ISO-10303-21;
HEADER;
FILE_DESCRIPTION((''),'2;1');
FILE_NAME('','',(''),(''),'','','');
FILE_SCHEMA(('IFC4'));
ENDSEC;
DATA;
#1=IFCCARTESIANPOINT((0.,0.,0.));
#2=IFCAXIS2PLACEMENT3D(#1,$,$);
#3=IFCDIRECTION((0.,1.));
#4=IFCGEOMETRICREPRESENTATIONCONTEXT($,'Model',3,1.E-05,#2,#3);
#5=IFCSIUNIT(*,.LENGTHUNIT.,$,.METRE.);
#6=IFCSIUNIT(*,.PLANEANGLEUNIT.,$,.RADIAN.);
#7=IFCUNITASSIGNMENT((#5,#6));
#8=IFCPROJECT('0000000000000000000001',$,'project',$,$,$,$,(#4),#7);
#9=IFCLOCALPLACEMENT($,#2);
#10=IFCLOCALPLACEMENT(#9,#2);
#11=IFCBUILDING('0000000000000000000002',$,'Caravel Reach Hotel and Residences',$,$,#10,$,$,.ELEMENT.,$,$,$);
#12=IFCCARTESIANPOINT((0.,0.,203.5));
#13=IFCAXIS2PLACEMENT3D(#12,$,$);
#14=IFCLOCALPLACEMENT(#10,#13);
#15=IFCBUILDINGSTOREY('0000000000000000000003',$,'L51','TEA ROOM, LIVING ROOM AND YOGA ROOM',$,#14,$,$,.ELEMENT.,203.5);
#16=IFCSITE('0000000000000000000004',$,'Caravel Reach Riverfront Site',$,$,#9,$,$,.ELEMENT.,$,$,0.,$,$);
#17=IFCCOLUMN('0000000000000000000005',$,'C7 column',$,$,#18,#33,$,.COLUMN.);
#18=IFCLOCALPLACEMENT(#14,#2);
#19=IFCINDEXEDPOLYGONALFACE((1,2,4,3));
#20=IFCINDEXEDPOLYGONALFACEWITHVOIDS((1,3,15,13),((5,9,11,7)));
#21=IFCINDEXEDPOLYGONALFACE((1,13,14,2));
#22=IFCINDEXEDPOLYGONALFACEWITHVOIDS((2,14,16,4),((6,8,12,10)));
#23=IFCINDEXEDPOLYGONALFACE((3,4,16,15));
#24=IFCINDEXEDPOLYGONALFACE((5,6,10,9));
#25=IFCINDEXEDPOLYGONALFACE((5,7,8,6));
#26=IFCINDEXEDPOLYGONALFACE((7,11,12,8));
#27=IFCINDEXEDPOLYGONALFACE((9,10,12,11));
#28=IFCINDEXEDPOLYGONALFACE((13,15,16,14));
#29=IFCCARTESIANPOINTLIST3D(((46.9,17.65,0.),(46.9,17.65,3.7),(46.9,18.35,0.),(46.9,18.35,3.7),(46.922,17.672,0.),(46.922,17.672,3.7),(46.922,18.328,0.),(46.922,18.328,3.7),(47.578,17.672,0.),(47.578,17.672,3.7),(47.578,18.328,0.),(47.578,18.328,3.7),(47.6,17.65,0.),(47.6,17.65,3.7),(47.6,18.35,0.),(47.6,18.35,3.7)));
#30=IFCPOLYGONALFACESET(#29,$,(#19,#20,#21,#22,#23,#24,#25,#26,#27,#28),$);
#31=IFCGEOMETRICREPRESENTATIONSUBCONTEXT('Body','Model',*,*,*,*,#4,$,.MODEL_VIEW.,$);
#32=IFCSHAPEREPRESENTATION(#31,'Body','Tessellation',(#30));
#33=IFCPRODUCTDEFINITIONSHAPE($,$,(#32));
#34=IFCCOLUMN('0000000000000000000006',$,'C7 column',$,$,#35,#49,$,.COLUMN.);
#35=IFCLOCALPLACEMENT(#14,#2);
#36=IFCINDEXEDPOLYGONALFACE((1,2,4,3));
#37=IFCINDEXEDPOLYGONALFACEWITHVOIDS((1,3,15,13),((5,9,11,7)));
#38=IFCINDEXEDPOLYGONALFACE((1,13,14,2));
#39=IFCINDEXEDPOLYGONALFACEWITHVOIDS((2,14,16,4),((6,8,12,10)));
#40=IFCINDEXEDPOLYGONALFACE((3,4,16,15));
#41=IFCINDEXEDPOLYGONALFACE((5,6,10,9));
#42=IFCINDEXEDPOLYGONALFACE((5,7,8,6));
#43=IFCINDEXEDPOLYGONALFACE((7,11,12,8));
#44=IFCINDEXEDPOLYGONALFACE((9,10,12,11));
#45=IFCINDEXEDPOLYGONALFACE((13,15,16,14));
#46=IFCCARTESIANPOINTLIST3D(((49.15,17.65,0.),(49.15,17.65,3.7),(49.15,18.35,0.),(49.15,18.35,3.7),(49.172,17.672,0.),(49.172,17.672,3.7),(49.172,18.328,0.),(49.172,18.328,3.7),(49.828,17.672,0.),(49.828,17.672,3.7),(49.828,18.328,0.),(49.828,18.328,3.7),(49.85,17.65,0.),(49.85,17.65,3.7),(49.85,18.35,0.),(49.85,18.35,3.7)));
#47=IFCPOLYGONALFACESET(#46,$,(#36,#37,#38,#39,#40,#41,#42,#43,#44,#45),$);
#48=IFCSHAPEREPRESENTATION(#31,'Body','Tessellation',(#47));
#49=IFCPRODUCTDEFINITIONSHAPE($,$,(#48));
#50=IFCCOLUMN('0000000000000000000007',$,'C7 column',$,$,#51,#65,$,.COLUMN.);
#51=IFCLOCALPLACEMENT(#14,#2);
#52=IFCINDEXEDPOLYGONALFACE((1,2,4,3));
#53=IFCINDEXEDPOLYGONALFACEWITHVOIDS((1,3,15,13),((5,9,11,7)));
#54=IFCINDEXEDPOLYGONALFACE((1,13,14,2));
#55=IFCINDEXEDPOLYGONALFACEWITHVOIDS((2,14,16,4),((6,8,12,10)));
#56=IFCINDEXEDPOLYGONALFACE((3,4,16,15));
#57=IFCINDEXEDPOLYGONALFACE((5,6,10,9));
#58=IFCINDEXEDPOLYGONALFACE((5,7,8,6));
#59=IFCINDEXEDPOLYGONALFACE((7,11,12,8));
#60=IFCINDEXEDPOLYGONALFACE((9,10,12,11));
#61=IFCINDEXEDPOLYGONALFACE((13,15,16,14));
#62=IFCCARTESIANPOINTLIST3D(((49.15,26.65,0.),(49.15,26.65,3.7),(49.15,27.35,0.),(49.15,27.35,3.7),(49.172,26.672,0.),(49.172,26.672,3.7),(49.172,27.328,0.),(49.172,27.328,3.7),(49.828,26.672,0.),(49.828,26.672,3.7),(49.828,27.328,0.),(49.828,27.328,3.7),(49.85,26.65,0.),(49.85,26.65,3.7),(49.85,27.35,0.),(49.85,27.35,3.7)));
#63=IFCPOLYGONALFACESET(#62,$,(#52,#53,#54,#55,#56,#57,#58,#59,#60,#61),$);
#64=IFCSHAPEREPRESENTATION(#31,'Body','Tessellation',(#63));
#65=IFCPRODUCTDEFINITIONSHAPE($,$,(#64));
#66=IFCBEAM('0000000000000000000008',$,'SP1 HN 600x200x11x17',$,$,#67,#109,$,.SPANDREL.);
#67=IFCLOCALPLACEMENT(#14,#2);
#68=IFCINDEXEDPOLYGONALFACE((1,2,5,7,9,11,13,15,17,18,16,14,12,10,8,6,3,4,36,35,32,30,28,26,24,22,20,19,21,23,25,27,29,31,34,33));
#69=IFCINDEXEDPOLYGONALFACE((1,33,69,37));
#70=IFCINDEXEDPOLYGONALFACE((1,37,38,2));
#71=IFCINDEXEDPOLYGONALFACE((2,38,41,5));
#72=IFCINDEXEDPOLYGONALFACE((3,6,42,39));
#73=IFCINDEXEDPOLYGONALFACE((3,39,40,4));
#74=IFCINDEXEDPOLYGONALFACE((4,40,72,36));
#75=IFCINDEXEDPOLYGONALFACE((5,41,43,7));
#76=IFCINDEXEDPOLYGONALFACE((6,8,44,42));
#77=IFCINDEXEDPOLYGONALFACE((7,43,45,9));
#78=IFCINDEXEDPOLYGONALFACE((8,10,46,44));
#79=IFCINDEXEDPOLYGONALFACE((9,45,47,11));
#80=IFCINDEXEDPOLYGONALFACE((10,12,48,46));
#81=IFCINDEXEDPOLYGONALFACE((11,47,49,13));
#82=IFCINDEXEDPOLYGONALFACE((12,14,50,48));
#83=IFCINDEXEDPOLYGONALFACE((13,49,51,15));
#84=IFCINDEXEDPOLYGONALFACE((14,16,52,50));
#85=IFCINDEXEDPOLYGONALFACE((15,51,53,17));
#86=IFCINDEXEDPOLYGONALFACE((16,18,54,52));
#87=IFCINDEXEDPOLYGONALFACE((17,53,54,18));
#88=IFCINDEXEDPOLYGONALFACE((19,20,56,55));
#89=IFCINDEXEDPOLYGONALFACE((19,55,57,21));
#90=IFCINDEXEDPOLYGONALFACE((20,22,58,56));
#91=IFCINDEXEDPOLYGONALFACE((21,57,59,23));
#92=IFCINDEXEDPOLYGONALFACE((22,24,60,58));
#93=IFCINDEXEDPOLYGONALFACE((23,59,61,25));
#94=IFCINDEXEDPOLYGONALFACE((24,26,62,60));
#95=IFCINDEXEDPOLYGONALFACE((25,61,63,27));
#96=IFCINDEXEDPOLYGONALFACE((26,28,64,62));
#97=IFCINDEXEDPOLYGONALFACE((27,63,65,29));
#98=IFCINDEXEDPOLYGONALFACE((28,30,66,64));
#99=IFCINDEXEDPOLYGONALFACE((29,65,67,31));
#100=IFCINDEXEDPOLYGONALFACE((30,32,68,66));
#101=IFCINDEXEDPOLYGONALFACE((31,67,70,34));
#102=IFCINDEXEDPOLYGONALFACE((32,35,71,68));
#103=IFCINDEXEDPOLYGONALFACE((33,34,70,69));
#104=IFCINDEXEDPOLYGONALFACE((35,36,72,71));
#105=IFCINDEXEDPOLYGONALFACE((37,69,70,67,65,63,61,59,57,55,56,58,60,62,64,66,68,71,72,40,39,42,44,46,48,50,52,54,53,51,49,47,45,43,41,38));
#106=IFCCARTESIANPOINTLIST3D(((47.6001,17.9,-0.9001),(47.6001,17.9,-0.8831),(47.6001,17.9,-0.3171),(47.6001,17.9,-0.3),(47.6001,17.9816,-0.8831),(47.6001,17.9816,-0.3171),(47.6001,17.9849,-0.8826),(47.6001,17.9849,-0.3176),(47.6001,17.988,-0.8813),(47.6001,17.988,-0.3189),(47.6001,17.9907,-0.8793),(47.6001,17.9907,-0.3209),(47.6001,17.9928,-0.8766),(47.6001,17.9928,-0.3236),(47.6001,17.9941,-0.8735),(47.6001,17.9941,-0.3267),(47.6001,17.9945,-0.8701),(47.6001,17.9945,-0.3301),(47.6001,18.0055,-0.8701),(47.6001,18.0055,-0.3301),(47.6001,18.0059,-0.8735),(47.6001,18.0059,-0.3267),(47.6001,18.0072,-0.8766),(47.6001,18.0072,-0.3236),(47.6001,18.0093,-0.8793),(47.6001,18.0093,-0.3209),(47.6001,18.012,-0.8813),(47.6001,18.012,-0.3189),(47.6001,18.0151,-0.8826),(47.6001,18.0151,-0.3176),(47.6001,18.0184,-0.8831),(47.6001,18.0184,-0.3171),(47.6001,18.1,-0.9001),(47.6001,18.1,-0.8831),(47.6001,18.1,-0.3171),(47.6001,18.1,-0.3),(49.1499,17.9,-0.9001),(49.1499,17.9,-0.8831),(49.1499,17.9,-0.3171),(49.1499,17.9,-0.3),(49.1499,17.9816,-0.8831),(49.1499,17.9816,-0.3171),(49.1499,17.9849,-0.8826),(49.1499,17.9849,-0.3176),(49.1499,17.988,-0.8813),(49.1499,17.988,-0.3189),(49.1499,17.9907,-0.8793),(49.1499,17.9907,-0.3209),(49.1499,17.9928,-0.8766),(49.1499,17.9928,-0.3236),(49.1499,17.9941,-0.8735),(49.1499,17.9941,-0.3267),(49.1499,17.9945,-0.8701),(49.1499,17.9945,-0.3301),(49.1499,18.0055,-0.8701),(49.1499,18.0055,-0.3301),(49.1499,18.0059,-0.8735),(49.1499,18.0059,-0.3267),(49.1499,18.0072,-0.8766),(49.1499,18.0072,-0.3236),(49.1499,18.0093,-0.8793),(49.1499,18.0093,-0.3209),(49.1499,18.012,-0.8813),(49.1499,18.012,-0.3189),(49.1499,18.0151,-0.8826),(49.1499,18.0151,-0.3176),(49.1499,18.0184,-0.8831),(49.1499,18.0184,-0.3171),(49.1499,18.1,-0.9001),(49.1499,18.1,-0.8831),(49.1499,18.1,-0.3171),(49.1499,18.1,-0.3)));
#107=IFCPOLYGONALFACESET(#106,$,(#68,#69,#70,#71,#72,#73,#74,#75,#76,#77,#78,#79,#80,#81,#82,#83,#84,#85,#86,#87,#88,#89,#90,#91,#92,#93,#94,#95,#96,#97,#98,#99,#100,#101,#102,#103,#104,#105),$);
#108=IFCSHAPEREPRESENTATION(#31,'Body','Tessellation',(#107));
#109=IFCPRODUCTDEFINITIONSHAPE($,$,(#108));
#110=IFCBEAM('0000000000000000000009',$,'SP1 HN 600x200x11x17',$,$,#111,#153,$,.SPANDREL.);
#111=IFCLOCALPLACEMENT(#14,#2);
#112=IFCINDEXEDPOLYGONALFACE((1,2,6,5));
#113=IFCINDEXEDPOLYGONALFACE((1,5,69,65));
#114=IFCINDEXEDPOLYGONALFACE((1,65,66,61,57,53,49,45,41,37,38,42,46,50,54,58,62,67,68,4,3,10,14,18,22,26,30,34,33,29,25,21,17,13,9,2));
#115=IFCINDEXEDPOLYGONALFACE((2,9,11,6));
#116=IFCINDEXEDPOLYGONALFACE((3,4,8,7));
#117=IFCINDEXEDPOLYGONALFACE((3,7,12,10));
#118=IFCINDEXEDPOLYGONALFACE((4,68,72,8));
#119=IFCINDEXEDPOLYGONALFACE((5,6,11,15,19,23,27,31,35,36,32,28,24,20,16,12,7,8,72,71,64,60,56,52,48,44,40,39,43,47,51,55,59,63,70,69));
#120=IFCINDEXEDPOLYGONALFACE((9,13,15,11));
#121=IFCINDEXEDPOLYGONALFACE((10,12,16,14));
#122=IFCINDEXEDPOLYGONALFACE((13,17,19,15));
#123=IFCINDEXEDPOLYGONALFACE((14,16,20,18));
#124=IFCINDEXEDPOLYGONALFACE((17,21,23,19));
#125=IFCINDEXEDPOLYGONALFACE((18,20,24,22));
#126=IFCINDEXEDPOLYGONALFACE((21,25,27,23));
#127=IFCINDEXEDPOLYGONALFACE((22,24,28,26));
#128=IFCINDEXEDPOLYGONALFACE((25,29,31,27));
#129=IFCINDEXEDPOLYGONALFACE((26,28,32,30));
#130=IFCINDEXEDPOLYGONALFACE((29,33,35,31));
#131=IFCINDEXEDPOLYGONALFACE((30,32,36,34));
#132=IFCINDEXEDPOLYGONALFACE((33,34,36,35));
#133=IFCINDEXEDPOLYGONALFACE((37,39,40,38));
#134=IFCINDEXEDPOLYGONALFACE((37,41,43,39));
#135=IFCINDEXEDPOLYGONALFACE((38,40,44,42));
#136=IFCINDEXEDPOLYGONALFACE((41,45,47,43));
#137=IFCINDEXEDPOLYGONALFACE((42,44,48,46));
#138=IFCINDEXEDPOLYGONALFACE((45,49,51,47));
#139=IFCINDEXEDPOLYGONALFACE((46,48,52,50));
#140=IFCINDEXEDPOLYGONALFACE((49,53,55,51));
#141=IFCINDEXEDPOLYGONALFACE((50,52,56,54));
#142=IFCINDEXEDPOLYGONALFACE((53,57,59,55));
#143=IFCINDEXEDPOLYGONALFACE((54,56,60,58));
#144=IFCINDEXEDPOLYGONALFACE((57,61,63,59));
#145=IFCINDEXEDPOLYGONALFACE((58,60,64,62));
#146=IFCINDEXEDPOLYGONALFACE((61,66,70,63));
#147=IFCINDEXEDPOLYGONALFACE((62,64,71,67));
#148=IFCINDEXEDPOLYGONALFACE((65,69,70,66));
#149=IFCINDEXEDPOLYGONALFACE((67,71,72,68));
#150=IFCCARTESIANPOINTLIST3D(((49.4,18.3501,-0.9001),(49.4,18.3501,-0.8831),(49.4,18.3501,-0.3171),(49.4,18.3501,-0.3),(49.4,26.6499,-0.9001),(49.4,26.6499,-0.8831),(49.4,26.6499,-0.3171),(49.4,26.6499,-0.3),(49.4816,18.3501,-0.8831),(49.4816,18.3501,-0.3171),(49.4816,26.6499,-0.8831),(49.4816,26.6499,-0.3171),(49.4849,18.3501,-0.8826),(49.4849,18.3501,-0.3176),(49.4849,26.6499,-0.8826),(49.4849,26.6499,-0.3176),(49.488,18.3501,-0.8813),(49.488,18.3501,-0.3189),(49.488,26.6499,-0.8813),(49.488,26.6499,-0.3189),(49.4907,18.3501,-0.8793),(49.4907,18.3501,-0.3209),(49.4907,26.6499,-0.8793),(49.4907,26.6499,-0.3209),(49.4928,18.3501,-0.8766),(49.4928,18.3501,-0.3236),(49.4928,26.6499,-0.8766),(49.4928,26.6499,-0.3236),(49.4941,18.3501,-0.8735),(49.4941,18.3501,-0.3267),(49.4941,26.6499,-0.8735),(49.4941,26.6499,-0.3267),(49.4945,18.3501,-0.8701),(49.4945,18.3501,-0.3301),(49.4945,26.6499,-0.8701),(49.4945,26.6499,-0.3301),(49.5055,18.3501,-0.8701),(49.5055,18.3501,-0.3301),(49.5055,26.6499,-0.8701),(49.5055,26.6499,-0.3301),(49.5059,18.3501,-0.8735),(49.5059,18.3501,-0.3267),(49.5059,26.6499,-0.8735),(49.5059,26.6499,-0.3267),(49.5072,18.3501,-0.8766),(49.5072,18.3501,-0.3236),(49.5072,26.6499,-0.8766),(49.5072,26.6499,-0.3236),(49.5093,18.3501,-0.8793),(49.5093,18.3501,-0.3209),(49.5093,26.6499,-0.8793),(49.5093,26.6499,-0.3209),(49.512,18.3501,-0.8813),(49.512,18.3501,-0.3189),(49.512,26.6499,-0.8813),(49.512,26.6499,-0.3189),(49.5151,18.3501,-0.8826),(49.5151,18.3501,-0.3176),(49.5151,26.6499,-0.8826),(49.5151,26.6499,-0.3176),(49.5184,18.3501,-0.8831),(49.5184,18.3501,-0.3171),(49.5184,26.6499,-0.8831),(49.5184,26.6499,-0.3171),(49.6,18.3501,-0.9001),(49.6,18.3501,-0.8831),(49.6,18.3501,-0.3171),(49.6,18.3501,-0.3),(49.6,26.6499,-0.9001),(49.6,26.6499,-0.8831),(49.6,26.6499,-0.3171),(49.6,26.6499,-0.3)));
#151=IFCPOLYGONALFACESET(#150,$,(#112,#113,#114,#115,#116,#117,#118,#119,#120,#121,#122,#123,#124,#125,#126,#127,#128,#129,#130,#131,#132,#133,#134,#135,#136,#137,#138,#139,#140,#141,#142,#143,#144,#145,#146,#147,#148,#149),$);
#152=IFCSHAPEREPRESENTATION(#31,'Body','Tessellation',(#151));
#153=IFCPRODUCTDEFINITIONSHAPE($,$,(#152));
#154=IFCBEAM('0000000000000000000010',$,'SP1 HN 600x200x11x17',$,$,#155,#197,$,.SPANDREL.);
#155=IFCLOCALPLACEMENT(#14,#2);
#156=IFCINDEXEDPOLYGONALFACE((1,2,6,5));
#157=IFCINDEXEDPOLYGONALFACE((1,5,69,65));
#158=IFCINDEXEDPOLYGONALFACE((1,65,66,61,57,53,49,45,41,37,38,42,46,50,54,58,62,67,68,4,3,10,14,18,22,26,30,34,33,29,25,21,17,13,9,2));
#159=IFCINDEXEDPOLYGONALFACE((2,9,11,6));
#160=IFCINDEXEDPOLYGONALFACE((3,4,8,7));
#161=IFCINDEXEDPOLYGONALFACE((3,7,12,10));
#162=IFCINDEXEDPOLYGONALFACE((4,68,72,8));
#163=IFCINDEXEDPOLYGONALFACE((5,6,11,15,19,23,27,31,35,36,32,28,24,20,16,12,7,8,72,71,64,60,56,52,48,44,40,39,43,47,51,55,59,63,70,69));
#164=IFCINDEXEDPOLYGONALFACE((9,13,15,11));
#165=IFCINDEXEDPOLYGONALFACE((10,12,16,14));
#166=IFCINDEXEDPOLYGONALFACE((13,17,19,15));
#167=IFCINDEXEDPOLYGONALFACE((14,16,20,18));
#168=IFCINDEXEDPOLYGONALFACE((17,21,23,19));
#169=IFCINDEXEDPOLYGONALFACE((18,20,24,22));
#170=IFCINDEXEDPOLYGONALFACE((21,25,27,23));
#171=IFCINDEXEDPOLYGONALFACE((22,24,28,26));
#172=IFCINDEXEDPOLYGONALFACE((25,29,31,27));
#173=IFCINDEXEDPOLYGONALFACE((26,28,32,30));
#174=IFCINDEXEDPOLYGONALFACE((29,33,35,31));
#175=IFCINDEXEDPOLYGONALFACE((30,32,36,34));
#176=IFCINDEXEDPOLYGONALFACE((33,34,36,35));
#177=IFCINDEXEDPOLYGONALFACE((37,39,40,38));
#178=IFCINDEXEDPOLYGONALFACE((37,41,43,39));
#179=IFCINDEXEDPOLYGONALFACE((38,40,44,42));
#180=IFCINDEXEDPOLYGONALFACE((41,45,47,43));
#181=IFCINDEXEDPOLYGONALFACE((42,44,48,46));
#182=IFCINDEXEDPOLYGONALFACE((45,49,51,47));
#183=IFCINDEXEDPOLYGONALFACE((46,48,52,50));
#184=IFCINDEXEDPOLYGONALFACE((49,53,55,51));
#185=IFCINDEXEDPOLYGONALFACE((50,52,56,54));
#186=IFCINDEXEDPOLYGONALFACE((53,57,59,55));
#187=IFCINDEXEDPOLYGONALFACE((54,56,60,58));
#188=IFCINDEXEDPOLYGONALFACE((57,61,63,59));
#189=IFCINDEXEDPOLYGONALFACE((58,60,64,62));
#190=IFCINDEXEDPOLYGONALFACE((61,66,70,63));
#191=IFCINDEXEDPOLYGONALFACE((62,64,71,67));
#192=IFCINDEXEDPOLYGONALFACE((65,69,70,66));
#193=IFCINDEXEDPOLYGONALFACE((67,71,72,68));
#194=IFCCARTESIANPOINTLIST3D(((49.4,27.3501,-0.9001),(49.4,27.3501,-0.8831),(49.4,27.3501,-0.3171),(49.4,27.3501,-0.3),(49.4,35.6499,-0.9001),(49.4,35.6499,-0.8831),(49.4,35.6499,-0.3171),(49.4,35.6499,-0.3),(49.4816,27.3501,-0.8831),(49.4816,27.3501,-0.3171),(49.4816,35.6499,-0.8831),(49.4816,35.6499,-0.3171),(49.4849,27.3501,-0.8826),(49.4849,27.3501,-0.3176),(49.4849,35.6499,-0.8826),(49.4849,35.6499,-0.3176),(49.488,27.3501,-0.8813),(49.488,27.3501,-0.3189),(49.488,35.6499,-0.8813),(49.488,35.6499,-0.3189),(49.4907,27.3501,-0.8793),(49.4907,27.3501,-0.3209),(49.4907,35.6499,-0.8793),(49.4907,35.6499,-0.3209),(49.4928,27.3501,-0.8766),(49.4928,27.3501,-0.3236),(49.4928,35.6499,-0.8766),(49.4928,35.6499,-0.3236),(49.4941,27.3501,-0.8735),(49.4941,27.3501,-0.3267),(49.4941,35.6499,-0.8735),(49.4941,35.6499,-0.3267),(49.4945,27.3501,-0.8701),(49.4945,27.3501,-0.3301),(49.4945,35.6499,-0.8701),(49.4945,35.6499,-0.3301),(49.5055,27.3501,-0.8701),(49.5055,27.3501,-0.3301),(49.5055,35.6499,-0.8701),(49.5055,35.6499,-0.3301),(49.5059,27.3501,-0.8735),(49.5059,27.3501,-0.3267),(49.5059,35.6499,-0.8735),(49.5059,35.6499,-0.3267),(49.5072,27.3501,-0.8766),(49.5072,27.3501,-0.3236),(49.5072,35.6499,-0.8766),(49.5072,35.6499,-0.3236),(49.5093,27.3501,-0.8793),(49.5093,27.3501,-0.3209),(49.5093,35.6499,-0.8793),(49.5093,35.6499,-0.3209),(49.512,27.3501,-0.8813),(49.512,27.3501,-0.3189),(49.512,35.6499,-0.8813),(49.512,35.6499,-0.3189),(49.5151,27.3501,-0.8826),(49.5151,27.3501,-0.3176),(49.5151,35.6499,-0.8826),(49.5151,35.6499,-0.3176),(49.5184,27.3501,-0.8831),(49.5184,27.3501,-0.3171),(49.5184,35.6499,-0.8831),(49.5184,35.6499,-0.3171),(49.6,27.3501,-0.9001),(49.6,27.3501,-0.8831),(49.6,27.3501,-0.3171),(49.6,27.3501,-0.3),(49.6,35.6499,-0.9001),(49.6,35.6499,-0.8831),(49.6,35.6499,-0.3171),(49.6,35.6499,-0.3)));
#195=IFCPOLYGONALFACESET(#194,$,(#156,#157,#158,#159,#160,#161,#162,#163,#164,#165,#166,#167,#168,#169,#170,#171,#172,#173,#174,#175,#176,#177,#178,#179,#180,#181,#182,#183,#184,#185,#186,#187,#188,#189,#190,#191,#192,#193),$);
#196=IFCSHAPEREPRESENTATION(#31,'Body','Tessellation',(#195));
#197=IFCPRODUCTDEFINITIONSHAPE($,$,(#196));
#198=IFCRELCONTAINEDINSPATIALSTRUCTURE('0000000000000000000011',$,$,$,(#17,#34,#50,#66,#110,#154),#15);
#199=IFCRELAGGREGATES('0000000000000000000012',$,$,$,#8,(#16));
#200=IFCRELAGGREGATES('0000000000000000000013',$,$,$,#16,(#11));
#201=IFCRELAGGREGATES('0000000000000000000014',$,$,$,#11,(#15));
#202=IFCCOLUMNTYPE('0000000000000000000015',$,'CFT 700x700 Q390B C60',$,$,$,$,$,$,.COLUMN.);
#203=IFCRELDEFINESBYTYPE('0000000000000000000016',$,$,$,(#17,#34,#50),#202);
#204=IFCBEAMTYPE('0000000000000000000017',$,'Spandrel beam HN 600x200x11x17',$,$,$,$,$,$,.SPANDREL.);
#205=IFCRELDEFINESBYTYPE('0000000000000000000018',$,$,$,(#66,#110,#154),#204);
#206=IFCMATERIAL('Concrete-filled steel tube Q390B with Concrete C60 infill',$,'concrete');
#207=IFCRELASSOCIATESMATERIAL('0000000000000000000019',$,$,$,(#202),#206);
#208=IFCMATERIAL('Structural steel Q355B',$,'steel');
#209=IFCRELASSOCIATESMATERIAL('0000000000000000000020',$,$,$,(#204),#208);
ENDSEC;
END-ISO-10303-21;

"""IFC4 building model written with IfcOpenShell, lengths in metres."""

from ifc_helpers import new_model, si_unit, direction, frame, origin, origin_2d, place, context, subcontext, project, spatial, hollow_rectangle, i_section, extrude, material, material_profile, profile_set, type_object, element, save


model = new_model("IFC4")

# Units and contexts
model_context = context("Model", 3, precision=1e-05, world=origin(), true_north=direction((0.0, 1.0)))
body_context = subcontext(model_context, "Body", "Model", "MODEL_VIEW")
ifc_project = project(units=[si_unit("LENGTHUNIT", "METRE"), si_unit("PLANEANGLEUNIT", "RADIAN")], contexts=[model_context])

# Site, building, storey
site_placement = place(None, origin())
site = spatial("IfcSite", under=ifc_project, at=site_placement, Name="Caravel Reach Riverfront Site", CompositionType="ELEMENT", RefElevation=0.0)
building_placement = place(site_placement, origin())
building = spatial("IfcBuilding", under=site, at=building_placement, Name="Caravel Reach Hotel and Residences", CompositionType="ELEMENT")
storey_placement = place(building_placement, frame((0.0, 0.0, 203.5)))
storey = spatial("IfcBuildingStorey", under=building, at=storey_placement, Name="L51", Description="TEA ROOM, LIVING ROOM AND YOGA ROOM", CompositionType="ELEMENT", Elevation=203.5)

# Columns
ifc_material_1 = material(Name="Concrete-filled steel tube Q390B with Concrete C60 infill", Category="concrete")
ifc_material_profile_1 = material_profile(ifc_material_1, hollow_rectangle(XDim=0.7, YDim=0.7, WallThickness=0.022, at=origin_2d()), Name="RHS 700x700x22")
ifc_profile_set_1 = profile_set([ifc_material_profile_1], Name="Concrete-filled steel tube Q390B with Concrete C60 infill")
column_type = type_object("IfcColumnType", Name="CFT 700x700 Q390B C60", PredefinedType="COLUMN", material=ifc_profile_set_1)
for number, where, z_axis, x_axis, name in (
    (1, (47.25, 18.0, 0.0), (0.0, 0.0, 1.0), (1.0, 0.0, 0.0), "C7 column"),
    (2, (49.5, 18.0, 0.0), (0.0, 0.0, 1.0), (1.0, 0.0, 0.0), "C7 column"),
    (3, (49.5, 27.0, 0.0), (0.0, 0.0, 1.0), (1.0, 0.0, 0.0), "C7 column"),
):
    element("IfcColumn", number, at=place(storey_placement, frame(where, z_axis=z_axis, x_axis=x_axis)), inside=storey, type_object=column_type, Name=name, PredefinedType="COLUMN", context=body_context, shape_type="SweptSolid", body=[
        extrude(hollow_rectangle(XDim=0.7, YDim=0.7, WallThickness=0.022, at=origin_2d()), origin(), (0.0, 0.0, 1.0), 3.7),
    ])

# Beams
ifc_material_2 = material(Name="Structural steel Q355B", Category="steel")
ifc_material_profile_2 = material_profile(ifc_material_2, i_section(OverallWidth=0.2, OverallDepth=0.6001, WebThickness=0.011, FlangeThickness=0.0171, FilletRadius=0.0129, at=origin_2d()), Name="HN 600x200x11x17")
ifc_profile_set_2 = profile_set([ifc_material_profile_2], Name="Structural steel Q355B")
beam_type = type_object("IfcBeamType", Name="Spandrel beam HN 600x200x11x17", PredefinedType="SPANDREL", material=ifc_profile_set_2)
beam_placement = place(storey_placement, frame((47.6001, 18.0, -0.6001), z_axis=(1.0, 0.0, 0.0), x_axis=(0.0, 1.0, 0.0)))
element("IfcBeam", 4, at=beam_placement, inside=storey, type_object=beam_type, Name="SP1 HN 600x200x11x17", PredefinedType="SPANDREL", context=body_context, shape_type="SweptSolid", body=[
    extrude(i_section(OverallWidth=0.2, OverallDepth=0.6001, WebThickness=0.011, FlangeThickness=0.0171, FilletRadius=0.0129, at=origin_2d()), origin(), (0.0, 0.0, 1.0), 1.5498),
])
for number, where, z_axis, x_axis, name in (
    (5, (49.5, 18.3501, -0.6001), (0.0, 1.0, 0.0), (-1.0, 0.0, 0.0), "SP1 HN 600x200x11x17"),
    (6, (49.5, 27.3501, -0.6001), (0.0, 1.0, 0.0), (-1.0, 0.0, 0.0), "SP1 HN 600x200x11x17"),
):
    element("IfcBeam", number, at=place(storey_placement, frame(where, z_axis=z_axis, x_axis=x_axis)), inside=storey, type_object=beam_type, Name=name, PredefinedType="SPANDREL", context=body_context, shape_type="SweptSolid", body=[
        extrude(i_section(OverallWidth=0.2, OverallDepth=0.6001, WebThickness=0.011, FlangeThickness=0.0171, FilletRadius=0.0129, at=origin_2d()), origin(), (0.0, 0.0, 1.0), 8.2998),
    ])

save(model, "model.ifc")
